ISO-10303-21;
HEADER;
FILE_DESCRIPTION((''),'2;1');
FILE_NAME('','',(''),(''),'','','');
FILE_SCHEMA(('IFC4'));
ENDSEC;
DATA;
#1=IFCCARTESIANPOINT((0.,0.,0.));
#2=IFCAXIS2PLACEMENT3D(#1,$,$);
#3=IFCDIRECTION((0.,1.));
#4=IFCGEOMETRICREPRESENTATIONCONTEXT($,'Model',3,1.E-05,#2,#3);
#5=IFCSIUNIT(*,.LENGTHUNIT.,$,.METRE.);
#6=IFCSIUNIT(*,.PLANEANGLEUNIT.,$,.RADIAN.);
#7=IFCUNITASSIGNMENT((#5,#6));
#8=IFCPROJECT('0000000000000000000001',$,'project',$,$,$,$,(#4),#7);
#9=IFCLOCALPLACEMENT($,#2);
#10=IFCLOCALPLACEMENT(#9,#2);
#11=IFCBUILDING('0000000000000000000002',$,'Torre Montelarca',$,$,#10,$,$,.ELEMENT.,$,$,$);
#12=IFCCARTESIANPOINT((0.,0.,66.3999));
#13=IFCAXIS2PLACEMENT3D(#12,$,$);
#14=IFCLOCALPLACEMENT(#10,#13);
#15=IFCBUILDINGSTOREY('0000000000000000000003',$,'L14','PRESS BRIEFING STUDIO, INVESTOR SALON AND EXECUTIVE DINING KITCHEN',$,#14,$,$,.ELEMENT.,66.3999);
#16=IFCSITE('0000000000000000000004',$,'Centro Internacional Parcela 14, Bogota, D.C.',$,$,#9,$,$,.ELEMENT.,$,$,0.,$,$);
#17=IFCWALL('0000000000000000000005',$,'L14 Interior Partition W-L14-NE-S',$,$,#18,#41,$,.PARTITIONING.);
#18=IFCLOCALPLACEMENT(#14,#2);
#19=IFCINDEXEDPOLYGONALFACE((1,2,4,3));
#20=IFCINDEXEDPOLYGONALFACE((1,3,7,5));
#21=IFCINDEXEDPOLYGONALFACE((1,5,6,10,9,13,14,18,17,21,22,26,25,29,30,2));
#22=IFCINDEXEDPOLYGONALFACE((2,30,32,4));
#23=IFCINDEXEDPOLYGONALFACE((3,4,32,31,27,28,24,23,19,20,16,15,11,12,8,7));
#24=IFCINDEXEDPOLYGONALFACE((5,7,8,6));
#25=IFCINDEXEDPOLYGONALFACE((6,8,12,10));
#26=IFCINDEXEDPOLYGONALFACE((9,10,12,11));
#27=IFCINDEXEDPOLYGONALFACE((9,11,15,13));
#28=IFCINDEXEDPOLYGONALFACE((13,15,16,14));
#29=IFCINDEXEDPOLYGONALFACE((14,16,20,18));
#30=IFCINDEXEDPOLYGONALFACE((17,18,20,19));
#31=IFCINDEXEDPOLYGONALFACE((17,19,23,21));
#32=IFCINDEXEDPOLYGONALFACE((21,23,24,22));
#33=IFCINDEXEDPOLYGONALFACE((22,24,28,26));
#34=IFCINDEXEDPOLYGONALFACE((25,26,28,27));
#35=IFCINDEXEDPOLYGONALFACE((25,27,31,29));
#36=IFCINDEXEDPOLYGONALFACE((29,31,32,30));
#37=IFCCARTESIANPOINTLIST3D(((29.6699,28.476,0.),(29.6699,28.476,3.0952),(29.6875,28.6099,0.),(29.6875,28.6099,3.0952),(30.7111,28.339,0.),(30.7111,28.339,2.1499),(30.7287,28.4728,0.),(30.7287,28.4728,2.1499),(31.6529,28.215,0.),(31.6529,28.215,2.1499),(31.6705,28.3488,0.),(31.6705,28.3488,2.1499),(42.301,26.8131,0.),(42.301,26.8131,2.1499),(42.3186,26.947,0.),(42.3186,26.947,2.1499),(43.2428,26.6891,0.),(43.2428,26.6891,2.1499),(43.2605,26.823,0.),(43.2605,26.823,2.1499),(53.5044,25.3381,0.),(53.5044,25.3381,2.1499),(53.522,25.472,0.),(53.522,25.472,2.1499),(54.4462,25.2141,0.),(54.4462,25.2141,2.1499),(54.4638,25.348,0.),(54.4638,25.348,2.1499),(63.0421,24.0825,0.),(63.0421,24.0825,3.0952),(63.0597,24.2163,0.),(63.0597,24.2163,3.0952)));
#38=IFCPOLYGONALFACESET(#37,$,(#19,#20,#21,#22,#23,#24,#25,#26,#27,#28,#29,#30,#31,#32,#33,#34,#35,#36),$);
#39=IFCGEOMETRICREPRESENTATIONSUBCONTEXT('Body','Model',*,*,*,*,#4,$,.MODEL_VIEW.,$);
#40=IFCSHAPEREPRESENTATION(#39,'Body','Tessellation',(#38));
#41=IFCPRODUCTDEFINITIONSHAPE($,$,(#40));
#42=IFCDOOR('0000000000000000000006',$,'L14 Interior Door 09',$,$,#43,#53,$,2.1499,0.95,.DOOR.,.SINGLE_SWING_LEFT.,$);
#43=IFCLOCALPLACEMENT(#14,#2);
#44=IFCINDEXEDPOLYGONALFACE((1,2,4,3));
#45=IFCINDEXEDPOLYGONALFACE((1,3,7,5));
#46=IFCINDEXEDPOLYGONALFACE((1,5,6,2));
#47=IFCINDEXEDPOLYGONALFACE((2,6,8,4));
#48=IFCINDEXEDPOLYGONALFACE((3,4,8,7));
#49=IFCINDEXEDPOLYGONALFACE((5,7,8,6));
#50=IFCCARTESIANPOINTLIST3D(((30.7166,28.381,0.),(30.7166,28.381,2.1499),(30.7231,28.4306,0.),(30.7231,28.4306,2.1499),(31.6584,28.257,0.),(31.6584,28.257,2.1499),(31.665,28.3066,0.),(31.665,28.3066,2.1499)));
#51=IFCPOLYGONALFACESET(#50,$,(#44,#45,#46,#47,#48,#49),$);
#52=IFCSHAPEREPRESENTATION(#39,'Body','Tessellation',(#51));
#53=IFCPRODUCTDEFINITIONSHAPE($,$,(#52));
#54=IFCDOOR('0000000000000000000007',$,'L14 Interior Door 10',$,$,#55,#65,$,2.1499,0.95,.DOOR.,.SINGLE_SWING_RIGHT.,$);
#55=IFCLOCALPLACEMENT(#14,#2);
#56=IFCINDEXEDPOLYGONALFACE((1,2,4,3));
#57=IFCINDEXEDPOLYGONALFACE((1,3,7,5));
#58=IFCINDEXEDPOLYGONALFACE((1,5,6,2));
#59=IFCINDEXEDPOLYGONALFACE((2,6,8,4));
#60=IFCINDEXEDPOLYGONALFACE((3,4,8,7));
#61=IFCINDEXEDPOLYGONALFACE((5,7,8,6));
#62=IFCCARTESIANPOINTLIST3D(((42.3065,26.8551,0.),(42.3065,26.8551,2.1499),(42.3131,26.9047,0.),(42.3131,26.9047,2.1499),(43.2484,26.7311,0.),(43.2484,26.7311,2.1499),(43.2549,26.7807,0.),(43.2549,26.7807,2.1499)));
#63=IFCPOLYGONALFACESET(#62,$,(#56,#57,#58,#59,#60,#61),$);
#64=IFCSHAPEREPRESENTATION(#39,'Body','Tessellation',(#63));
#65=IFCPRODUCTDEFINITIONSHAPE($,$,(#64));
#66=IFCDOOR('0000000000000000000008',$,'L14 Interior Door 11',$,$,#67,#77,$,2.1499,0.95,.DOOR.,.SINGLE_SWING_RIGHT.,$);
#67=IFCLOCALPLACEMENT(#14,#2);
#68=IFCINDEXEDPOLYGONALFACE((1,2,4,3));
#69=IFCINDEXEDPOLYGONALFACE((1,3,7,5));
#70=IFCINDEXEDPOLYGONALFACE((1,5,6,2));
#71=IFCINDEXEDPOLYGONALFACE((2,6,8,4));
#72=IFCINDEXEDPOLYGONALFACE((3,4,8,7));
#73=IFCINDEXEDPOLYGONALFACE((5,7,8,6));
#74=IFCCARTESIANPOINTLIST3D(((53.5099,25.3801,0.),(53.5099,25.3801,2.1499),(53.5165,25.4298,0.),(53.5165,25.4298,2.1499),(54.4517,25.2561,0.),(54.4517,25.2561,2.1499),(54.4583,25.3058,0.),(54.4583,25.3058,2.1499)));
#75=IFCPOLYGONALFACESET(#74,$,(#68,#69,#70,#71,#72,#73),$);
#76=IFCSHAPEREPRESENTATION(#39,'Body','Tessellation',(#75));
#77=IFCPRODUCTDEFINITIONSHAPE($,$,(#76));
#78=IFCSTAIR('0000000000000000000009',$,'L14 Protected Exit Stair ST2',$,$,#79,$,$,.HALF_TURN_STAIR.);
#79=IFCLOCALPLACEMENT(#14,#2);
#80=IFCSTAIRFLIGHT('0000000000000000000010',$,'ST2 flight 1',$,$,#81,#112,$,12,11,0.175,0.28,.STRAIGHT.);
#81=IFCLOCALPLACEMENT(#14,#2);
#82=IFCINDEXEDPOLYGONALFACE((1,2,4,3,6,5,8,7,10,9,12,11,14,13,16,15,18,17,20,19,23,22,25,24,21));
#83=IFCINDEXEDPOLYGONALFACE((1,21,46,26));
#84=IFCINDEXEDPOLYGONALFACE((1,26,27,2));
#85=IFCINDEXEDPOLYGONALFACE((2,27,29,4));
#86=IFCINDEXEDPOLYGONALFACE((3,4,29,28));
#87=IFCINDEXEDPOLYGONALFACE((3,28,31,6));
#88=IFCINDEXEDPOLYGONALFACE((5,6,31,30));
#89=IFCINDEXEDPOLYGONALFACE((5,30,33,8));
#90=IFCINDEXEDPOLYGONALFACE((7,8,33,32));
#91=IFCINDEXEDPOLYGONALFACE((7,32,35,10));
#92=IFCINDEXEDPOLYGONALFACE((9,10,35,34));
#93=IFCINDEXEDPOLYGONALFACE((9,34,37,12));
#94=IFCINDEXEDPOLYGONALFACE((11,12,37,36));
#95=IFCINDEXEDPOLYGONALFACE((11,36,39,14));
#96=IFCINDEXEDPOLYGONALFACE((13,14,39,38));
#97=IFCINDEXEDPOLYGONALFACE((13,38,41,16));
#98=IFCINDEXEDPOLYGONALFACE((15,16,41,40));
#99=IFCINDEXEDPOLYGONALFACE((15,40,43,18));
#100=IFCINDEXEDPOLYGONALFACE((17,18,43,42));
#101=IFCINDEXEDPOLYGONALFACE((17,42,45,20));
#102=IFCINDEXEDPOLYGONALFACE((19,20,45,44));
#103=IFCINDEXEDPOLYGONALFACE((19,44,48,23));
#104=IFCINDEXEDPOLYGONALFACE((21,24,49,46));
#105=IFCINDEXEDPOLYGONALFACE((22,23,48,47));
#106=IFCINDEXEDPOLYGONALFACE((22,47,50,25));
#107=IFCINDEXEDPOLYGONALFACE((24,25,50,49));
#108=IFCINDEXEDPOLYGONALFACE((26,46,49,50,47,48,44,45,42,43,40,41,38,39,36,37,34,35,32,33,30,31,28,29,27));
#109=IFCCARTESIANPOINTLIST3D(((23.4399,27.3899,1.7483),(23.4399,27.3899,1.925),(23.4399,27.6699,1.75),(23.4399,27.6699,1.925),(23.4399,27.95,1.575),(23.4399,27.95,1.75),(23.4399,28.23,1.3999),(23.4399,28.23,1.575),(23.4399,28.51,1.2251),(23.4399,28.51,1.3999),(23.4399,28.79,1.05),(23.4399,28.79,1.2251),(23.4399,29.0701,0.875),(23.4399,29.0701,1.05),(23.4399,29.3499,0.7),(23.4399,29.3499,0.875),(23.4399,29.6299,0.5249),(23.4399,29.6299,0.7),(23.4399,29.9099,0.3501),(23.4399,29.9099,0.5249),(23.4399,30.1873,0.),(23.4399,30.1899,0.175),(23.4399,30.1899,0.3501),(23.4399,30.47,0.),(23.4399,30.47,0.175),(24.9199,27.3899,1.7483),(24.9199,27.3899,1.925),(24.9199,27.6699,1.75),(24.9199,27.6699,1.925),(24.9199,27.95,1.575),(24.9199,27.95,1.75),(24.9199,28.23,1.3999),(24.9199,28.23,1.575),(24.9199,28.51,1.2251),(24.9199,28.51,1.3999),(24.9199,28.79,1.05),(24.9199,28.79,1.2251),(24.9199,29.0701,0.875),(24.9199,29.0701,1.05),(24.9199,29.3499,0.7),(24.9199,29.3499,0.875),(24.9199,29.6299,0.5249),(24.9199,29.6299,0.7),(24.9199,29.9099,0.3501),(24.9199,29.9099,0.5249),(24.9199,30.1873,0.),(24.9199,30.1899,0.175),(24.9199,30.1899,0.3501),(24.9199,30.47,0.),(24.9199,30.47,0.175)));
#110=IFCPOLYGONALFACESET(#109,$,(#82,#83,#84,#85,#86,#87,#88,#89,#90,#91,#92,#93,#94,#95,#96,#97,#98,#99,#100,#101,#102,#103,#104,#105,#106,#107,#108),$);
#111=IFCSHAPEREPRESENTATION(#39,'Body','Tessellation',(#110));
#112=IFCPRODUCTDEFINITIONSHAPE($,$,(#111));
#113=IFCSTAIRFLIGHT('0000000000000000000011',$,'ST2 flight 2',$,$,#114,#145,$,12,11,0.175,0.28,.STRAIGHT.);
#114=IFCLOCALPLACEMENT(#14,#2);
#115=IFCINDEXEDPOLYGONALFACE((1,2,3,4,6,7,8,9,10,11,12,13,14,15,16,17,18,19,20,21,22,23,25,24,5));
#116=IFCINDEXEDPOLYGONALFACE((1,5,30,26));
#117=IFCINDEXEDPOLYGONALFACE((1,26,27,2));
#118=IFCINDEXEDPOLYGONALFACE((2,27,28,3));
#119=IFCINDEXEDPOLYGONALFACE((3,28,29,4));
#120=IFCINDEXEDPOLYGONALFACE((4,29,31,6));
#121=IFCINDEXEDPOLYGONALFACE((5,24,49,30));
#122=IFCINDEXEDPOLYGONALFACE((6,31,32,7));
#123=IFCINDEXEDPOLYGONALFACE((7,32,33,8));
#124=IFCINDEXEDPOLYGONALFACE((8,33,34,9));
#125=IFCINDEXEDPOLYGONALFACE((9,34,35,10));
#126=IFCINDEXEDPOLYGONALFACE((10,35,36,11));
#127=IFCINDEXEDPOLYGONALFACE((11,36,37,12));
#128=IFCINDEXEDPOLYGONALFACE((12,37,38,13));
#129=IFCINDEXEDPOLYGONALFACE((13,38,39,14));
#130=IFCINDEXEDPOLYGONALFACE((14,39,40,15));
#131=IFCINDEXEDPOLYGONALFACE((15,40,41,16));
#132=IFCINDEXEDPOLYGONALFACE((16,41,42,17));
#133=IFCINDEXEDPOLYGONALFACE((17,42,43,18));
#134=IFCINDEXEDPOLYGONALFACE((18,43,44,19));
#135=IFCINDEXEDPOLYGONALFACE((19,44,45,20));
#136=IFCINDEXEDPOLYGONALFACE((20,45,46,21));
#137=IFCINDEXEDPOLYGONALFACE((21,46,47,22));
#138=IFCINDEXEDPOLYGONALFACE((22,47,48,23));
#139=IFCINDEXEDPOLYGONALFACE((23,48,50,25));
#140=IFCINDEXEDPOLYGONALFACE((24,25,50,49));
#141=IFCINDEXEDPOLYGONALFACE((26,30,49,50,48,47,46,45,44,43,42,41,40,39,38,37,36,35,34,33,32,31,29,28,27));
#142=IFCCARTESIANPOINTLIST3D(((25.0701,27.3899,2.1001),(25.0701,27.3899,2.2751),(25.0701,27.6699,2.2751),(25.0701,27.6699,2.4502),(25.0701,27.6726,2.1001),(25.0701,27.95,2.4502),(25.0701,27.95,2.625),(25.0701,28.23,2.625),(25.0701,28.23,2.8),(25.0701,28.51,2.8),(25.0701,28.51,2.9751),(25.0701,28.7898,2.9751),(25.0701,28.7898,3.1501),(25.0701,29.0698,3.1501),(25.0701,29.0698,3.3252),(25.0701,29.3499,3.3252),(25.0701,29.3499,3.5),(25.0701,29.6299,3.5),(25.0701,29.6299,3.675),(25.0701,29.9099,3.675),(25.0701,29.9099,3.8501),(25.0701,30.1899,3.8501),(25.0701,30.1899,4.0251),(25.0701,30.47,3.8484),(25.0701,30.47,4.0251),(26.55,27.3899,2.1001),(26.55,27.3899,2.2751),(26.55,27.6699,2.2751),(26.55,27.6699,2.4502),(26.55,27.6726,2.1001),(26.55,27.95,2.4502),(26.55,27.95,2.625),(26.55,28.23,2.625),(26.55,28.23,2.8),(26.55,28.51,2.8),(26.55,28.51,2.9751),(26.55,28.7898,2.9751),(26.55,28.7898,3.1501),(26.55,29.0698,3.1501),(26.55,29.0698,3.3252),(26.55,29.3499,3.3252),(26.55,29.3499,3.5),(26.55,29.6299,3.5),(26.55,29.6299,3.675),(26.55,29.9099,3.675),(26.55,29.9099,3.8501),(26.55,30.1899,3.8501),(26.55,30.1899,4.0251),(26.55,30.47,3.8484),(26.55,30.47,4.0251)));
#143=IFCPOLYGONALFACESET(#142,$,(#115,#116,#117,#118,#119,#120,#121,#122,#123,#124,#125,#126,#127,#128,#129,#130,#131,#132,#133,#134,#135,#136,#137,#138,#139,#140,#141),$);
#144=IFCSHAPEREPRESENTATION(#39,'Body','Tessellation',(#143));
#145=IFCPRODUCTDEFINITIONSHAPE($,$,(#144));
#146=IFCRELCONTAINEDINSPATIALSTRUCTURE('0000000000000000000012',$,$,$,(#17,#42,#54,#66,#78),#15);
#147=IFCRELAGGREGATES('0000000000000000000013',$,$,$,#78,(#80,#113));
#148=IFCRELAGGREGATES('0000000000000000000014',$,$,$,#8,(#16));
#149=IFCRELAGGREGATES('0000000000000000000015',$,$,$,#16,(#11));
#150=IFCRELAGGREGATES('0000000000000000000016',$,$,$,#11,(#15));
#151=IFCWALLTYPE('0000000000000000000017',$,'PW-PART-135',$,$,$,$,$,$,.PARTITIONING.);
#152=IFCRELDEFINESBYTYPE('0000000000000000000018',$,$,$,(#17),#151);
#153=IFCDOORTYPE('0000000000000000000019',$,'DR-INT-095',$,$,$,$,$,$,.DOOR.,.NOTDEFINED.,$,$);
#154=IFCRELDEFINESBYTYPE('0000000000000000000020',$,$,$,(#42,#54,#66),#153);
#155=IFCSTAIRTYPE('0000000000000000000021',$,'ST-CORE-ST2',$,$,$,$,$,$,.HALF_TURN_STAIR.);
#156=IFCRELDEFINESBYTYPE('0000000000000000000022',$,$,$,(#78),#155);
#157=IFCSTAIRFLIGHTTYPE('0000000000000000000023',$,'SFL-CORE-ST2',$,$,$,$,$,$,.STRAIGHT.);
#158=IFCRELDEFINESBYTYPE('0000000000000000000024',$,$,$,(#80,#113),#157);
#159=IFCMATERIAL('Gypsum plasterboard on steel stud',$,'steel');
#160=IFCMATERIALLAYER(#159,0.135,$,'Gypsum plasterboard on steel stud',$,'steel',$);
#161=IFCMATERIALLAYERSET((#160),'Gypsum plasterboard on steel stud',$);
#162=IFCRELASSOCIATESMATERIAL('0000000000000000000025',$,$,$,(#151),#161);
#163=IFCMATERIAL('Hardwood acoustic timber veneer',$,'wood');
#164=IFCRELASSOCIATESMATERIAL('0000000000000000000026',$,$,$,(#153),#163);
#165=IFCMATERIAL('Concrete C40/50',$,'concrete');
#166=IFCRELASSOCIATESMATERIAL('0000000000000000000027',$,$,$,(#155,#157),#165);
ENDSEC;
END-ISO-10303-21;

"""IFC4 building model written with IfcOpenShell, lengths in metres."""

from ifc_helpers import new_model, si_unit, direction, frame, frame_2d, origin, place, context, subcontext, project, spatial, polyline, rectangle, outline, extrude, source, transform, mapped, material, layer, layer_set, type_object, element, fill, aggregate, save


model = new_model("IFC4")

# Units and contexts
model_context = context("Model", 3, precision=1e-05, world=origin(), true_north=direction((0.0, 1.0)))
body_context = subcontext(model_context, "Body", "Model", "MODEL_VIEW")
ifc_project = project(units=[si_unit("LENGTHUNIT", "METRE"), si_unit("PLANEANGLEUNIT", "RADIAN")], contexts=[model_context])

# Site, building, storey
site_placement = place(None, origin())
site = spatial("IfcSite", under=ifc_project, at=site_placement, Name="Centro Internacional Parcela 14, Bogota, D.C.", CompositionType="ELEMENT", RefElevation=0.0)
building_placement = place(site_placement, origin())
building = spatial("IfcBuilding", under=site, at=building_placement, Name="Torre Montelarca", CompositionType="ELEMENT")
storey_placement = place(building_placement, frame((0.0, 0.0, 66.3999)))
storey = spatial("IfcBuildingStorey", under=building, at=storey_placement, Name="L14", Description="PRESS BRIEFING STUDIO, INVESTOR SALON AND EXECUTIVE DINING KITCHEN", CompositionType="ELEMENT", Elevation=66.3999)

# Shared definitions
ifc_material_1 = material(Name="Concrete C40/50", Category="concrete")

# Shared definitions
ifc_material_2 = material(Name="Gypsum plasterboard on steel stud", Category="steel")
ifc_layer_1 = layer(ifc_material_2, 0.135, Name="Gypsum plasterboard on steel stud", Category="steel")
ifc_layer_set_1 = layer_set([ifc_layer_1], Name="Gypsum plasterboard on steel stud")
wall_type_1 = type_object("IfcWallType", Name="PW-PART-135", PredefinedType="PARTITIONING", material=ifc_layer_set_1)

# Wall, openings, doors
wall_1_placement = place(storey_placement, frame((29.6787, 28.543, 0.0), z_axis=(0.0, 0.0, 1.0), x_axis=(0.991445, -0.130527, 0.0)))
wall_1 = element("IfcWall", 1, at=wall_1_placement, inside=storey, type_object=wall_type_1, Name="L14 Interior Partition W-L14-NE-S", PredefinedType="PARTITIONING", context=body_context, shape_type="SweptSolid", body=[
    extrude(rectangle(XDim=33.6602, YDim=0.135, at=frame_2d((16.8301, 0.0))), origin(), (0.0, 0.0, 1.0), 3.0952),
])
opening_1_placement = place(wall_1_placement, frame((1.05, 0.0, 0.0)))
opening_1 = element("IfcOpeningElement", 2, at=opening_1_placement, cuts=wall_1, PredefinedType="OPENING", context=body_context, shape_type="SweptSolid", body=[
    extrude(rectangle(XDim=0.95, YDim=2.1499, at=frame_2d((0.4751, 1.075))), frame((0.0, 0.0776, 0.0), z_axis=(0.0, -1.0, 0.0), x_axis=(1.0, 0.0, 0.0)), (0.0, 0.0, 1.0), 0.155),
])
opening_2_placement = place(wall_1_placement, frame((12.74, 0.0, 0.0)))
opening_2 = element("IfcOpeningElement", 3, at=opening_2_placement, cuts=wall_1, PredefinedType="OPENING", context=body_context, shape_type="SweptSolid", body=[
    extrude(rectangle(XDim=0.95, YDim=2.1499, at=frame_2d((0.4751, 1.075))), frame((0.0, 0.0776, 0.0), z_axis=(0.0, -1.0, 0.0), x_axis=(1.0, 0.0, 0.0)), (0.0, 0.0, 1.0), 0.155),
])
opening_3_placement = place(wall_1_placement, frame((24.04, 0.0, 0.0)))
opening_3 = element("IfcOpeningElement", 4, at=opening_3_placement, cuts=wall_1, PredefinedType="OPENING", context=body_context, shape_type="SweptSolid", body=[
    extrude(rectangle(XDim=0.95, YDim=2.1499, at=frame_2d((0.4751, 1.075))), frame((0.0, 0.0776, 0.0), z_axis=(0.0, -1.0, 0.0), x_axis=(1.0, 0.0, 0.0)), (0.0, 0.0, 1.0), 0.155),
])
ifc_material_3 = material(Name="Hardwood acoustic timber veneer", Category="wood")
door_type_1 = type_object("IfcDoorType", Name="DR-INT-095", OperationType="NOTDEFINED", PredefinedType="DOOR", material=ifc_material_3)
shared_shape_1 = source(origin(), body_context, "Body", "SweptSolid", [
    extrude(rectangle(XDim=0.95, YDim=2.1499, at=frame_2d((0.4751, 1.075))), frame((0.0, 0.0249, 0.0), z_axis=(0.0, -1.0, 0.0), x_axis=(1.0, 0.0, 0.0)), (0.0, 0.0, 1.0), 0.05),
])
door_1_placement = place(opening_1_placement, origin())
door_1 = element("IfcDoor", 5, at=door_1_placement, inside=storey, type_object=door_type_1, Name="L14 Interior Door 09", OperationType="SINGLE_SWING_LEFT", OverallHeight=2.1499, OverallWidth=0.95, PredefinedType="DOOR", context=body_context, shape_type="MappedRepresentation", body=[
    mapped(shared_shape_1, transform((0.0, 0.0, 0.0), scale=1.0)),
])
fill(opening_1, door_1)
door_2_placement = place(opening_2_placement, origin())
door_2 = element("IfcDoor", 6, at=door_2_placement, inside=storey, type_object=door_type_1, Name="L14 Interior Door 10", OperationType="SINGLE_SWING_RIGHT", OverallHeight=2.1499, OverallWidth=0.95, PredefinedType="DOOR", context=body_context, shape_type="MappedRepresentation", body=[
    mapped(shared_shape_1, transform((0.0, 0.0, 0.0), scale=1.0)),
])
fill(opening_2, door_2)
door_3_placement = place(opening_3_placement, origin())
door_3 = element("IfcDoor", 7, at=door_3_placement, inside=storey, type_object=door_type_1, Name="L14 Interior Door 11", OperationType="SINGLE_SWING_RIGHT", OverallHeight=2.1499, OverallWidth=0.95, PredefinedType="DOOR", context=body_context, shape_type="MappedRepresentation", body=[
    mapped(shared_shape_1, transform((0.0, 0.0, 0.0), scale=1.0)),
])
fill(opening_3, door_3)

# Stair, stair flights
stair_type = type_object("IfcStairType", Name="ST-CORE-ST2", PredefinedType="HALF_TURN_STAIR", material=ifc_material_1)
stair_placement = place(storey_placement, origin())
stair = element("IfcStair", 8, at=stair_placement, inside=storey, type_object=stair_type, Name="L14 Protected Exit Stair ST2", PredefinedType="HALF_TURN_STAIR")
stair_flight_type = type_object("IfcStairFlightType", Name="SFL-CORE-ST2", PredefinedType="STRAIGHT", material=ifc_material_1)
stair_flight_1_placement = place(storey_placement, frame((24.1799, 30.47, 0.0), z_axis=(0.0, 0.0, 1.0), x_axis=(0.0, -1.0, 0.0)))
stair_flight_1 = element("IfcStairFlight", 9, at=stair_flight_1_placement, type_object=stair_flight_type, Name="ST2 flight 1", NumberOfRisers=12, NumberOfTreads=11, PredefinedType="STRAIGHT", RiserHeight=0.175, TreadLength=0.28, context=body_context, shape_type="SweptSolid", body=[
    extrude(outline(polyline([(0.0, 0.0), (0.0, 0.175), (0.28, 0.175), (0.28, 0.3501), (0.5601, 0.3501), (0.5601, 0.5249), (0.8401, 0.5249), (0.8401, 0.7), (1.1201, 0.7), (1.1201, 0.875), (1.3999, 0.875), (1.3999, 1.05), (1.6799, 1.05), (1.6799, 1.2251), (1.96, 1.2251), (1.96, 1.3999), (2.24, 1.3999), (2.24, 1.575), (2.52, 1.575), (2.52, 1.75), (2.8, 1.75), (2.8, 1.925), (3.0801, 1.925), (3.0801, 2.1001), (3.0801, 1.7483), (0.2827, 0.0), (0.0, 0.0)])), frame((0.0, 0.74, 0.0), z_axis=(0.0, -1.0, 0.0), x_axis=(1.0, 0.0, 0.0)), (0.0, 0.0, 1.0), 1.48),
])
stair_flight_2_placement = place(storey_placement, frame((25.8101, 27.3899, 2.1001), z_axis=(0.0, 0.0, 1.0), x_axis=(0.0, 1.0, 0.0)))
stair_flight_2 = element("IfcStairFlight", 10, at=stair_flight_2_placement, type_object=stair_flight_type, Name="ST2 flight 2", NumberOfRisers=12, NumberOfTreads=11, PredefinedType="STRAIGHT", RiserHeight=0.175, TreadLength=0.28, context=body_context, shape_type="SweptSolid", body=[
    extrude(outline(polyline([(0.0, 0.0), (0.0, 0.175), (0.28, 0.175), (0.28, 0.3501), (0.5601, 0.3501), (0.5601, 0.5249), (0.8401, 0.5249), (0.8401, 0.7), (1.1201, 0.7), (1.1201, 0.875), (1.3999, 0.875), (1.3999, 1.05), (1.6799, 1.05), (1.6799, 1.2251), (1.96, 1.2251), (1.96, 1.3999), (2.24, 1.3999), (2.24, 1.575), (2.52, 1.575), (2.52, 1.75), (2.8, 1.75), (2.8, 1.925), (3.0801, 1.925), (3.0801, 2.1001), (3.0801, 1.7483), (0.2827, 0.0), (0.0, 0.0)])), frame((0.0, 0.74, 0.0), z_axis=(0.0, -1.0, 0.0), x_axis=(1.0, 0.0, 0.0)), (0.0, 0.0, 1.0), 1.48),
])
aggregate(stair, [stair_flight_1, stair_flight_2])

save(model, "model.ifc")
